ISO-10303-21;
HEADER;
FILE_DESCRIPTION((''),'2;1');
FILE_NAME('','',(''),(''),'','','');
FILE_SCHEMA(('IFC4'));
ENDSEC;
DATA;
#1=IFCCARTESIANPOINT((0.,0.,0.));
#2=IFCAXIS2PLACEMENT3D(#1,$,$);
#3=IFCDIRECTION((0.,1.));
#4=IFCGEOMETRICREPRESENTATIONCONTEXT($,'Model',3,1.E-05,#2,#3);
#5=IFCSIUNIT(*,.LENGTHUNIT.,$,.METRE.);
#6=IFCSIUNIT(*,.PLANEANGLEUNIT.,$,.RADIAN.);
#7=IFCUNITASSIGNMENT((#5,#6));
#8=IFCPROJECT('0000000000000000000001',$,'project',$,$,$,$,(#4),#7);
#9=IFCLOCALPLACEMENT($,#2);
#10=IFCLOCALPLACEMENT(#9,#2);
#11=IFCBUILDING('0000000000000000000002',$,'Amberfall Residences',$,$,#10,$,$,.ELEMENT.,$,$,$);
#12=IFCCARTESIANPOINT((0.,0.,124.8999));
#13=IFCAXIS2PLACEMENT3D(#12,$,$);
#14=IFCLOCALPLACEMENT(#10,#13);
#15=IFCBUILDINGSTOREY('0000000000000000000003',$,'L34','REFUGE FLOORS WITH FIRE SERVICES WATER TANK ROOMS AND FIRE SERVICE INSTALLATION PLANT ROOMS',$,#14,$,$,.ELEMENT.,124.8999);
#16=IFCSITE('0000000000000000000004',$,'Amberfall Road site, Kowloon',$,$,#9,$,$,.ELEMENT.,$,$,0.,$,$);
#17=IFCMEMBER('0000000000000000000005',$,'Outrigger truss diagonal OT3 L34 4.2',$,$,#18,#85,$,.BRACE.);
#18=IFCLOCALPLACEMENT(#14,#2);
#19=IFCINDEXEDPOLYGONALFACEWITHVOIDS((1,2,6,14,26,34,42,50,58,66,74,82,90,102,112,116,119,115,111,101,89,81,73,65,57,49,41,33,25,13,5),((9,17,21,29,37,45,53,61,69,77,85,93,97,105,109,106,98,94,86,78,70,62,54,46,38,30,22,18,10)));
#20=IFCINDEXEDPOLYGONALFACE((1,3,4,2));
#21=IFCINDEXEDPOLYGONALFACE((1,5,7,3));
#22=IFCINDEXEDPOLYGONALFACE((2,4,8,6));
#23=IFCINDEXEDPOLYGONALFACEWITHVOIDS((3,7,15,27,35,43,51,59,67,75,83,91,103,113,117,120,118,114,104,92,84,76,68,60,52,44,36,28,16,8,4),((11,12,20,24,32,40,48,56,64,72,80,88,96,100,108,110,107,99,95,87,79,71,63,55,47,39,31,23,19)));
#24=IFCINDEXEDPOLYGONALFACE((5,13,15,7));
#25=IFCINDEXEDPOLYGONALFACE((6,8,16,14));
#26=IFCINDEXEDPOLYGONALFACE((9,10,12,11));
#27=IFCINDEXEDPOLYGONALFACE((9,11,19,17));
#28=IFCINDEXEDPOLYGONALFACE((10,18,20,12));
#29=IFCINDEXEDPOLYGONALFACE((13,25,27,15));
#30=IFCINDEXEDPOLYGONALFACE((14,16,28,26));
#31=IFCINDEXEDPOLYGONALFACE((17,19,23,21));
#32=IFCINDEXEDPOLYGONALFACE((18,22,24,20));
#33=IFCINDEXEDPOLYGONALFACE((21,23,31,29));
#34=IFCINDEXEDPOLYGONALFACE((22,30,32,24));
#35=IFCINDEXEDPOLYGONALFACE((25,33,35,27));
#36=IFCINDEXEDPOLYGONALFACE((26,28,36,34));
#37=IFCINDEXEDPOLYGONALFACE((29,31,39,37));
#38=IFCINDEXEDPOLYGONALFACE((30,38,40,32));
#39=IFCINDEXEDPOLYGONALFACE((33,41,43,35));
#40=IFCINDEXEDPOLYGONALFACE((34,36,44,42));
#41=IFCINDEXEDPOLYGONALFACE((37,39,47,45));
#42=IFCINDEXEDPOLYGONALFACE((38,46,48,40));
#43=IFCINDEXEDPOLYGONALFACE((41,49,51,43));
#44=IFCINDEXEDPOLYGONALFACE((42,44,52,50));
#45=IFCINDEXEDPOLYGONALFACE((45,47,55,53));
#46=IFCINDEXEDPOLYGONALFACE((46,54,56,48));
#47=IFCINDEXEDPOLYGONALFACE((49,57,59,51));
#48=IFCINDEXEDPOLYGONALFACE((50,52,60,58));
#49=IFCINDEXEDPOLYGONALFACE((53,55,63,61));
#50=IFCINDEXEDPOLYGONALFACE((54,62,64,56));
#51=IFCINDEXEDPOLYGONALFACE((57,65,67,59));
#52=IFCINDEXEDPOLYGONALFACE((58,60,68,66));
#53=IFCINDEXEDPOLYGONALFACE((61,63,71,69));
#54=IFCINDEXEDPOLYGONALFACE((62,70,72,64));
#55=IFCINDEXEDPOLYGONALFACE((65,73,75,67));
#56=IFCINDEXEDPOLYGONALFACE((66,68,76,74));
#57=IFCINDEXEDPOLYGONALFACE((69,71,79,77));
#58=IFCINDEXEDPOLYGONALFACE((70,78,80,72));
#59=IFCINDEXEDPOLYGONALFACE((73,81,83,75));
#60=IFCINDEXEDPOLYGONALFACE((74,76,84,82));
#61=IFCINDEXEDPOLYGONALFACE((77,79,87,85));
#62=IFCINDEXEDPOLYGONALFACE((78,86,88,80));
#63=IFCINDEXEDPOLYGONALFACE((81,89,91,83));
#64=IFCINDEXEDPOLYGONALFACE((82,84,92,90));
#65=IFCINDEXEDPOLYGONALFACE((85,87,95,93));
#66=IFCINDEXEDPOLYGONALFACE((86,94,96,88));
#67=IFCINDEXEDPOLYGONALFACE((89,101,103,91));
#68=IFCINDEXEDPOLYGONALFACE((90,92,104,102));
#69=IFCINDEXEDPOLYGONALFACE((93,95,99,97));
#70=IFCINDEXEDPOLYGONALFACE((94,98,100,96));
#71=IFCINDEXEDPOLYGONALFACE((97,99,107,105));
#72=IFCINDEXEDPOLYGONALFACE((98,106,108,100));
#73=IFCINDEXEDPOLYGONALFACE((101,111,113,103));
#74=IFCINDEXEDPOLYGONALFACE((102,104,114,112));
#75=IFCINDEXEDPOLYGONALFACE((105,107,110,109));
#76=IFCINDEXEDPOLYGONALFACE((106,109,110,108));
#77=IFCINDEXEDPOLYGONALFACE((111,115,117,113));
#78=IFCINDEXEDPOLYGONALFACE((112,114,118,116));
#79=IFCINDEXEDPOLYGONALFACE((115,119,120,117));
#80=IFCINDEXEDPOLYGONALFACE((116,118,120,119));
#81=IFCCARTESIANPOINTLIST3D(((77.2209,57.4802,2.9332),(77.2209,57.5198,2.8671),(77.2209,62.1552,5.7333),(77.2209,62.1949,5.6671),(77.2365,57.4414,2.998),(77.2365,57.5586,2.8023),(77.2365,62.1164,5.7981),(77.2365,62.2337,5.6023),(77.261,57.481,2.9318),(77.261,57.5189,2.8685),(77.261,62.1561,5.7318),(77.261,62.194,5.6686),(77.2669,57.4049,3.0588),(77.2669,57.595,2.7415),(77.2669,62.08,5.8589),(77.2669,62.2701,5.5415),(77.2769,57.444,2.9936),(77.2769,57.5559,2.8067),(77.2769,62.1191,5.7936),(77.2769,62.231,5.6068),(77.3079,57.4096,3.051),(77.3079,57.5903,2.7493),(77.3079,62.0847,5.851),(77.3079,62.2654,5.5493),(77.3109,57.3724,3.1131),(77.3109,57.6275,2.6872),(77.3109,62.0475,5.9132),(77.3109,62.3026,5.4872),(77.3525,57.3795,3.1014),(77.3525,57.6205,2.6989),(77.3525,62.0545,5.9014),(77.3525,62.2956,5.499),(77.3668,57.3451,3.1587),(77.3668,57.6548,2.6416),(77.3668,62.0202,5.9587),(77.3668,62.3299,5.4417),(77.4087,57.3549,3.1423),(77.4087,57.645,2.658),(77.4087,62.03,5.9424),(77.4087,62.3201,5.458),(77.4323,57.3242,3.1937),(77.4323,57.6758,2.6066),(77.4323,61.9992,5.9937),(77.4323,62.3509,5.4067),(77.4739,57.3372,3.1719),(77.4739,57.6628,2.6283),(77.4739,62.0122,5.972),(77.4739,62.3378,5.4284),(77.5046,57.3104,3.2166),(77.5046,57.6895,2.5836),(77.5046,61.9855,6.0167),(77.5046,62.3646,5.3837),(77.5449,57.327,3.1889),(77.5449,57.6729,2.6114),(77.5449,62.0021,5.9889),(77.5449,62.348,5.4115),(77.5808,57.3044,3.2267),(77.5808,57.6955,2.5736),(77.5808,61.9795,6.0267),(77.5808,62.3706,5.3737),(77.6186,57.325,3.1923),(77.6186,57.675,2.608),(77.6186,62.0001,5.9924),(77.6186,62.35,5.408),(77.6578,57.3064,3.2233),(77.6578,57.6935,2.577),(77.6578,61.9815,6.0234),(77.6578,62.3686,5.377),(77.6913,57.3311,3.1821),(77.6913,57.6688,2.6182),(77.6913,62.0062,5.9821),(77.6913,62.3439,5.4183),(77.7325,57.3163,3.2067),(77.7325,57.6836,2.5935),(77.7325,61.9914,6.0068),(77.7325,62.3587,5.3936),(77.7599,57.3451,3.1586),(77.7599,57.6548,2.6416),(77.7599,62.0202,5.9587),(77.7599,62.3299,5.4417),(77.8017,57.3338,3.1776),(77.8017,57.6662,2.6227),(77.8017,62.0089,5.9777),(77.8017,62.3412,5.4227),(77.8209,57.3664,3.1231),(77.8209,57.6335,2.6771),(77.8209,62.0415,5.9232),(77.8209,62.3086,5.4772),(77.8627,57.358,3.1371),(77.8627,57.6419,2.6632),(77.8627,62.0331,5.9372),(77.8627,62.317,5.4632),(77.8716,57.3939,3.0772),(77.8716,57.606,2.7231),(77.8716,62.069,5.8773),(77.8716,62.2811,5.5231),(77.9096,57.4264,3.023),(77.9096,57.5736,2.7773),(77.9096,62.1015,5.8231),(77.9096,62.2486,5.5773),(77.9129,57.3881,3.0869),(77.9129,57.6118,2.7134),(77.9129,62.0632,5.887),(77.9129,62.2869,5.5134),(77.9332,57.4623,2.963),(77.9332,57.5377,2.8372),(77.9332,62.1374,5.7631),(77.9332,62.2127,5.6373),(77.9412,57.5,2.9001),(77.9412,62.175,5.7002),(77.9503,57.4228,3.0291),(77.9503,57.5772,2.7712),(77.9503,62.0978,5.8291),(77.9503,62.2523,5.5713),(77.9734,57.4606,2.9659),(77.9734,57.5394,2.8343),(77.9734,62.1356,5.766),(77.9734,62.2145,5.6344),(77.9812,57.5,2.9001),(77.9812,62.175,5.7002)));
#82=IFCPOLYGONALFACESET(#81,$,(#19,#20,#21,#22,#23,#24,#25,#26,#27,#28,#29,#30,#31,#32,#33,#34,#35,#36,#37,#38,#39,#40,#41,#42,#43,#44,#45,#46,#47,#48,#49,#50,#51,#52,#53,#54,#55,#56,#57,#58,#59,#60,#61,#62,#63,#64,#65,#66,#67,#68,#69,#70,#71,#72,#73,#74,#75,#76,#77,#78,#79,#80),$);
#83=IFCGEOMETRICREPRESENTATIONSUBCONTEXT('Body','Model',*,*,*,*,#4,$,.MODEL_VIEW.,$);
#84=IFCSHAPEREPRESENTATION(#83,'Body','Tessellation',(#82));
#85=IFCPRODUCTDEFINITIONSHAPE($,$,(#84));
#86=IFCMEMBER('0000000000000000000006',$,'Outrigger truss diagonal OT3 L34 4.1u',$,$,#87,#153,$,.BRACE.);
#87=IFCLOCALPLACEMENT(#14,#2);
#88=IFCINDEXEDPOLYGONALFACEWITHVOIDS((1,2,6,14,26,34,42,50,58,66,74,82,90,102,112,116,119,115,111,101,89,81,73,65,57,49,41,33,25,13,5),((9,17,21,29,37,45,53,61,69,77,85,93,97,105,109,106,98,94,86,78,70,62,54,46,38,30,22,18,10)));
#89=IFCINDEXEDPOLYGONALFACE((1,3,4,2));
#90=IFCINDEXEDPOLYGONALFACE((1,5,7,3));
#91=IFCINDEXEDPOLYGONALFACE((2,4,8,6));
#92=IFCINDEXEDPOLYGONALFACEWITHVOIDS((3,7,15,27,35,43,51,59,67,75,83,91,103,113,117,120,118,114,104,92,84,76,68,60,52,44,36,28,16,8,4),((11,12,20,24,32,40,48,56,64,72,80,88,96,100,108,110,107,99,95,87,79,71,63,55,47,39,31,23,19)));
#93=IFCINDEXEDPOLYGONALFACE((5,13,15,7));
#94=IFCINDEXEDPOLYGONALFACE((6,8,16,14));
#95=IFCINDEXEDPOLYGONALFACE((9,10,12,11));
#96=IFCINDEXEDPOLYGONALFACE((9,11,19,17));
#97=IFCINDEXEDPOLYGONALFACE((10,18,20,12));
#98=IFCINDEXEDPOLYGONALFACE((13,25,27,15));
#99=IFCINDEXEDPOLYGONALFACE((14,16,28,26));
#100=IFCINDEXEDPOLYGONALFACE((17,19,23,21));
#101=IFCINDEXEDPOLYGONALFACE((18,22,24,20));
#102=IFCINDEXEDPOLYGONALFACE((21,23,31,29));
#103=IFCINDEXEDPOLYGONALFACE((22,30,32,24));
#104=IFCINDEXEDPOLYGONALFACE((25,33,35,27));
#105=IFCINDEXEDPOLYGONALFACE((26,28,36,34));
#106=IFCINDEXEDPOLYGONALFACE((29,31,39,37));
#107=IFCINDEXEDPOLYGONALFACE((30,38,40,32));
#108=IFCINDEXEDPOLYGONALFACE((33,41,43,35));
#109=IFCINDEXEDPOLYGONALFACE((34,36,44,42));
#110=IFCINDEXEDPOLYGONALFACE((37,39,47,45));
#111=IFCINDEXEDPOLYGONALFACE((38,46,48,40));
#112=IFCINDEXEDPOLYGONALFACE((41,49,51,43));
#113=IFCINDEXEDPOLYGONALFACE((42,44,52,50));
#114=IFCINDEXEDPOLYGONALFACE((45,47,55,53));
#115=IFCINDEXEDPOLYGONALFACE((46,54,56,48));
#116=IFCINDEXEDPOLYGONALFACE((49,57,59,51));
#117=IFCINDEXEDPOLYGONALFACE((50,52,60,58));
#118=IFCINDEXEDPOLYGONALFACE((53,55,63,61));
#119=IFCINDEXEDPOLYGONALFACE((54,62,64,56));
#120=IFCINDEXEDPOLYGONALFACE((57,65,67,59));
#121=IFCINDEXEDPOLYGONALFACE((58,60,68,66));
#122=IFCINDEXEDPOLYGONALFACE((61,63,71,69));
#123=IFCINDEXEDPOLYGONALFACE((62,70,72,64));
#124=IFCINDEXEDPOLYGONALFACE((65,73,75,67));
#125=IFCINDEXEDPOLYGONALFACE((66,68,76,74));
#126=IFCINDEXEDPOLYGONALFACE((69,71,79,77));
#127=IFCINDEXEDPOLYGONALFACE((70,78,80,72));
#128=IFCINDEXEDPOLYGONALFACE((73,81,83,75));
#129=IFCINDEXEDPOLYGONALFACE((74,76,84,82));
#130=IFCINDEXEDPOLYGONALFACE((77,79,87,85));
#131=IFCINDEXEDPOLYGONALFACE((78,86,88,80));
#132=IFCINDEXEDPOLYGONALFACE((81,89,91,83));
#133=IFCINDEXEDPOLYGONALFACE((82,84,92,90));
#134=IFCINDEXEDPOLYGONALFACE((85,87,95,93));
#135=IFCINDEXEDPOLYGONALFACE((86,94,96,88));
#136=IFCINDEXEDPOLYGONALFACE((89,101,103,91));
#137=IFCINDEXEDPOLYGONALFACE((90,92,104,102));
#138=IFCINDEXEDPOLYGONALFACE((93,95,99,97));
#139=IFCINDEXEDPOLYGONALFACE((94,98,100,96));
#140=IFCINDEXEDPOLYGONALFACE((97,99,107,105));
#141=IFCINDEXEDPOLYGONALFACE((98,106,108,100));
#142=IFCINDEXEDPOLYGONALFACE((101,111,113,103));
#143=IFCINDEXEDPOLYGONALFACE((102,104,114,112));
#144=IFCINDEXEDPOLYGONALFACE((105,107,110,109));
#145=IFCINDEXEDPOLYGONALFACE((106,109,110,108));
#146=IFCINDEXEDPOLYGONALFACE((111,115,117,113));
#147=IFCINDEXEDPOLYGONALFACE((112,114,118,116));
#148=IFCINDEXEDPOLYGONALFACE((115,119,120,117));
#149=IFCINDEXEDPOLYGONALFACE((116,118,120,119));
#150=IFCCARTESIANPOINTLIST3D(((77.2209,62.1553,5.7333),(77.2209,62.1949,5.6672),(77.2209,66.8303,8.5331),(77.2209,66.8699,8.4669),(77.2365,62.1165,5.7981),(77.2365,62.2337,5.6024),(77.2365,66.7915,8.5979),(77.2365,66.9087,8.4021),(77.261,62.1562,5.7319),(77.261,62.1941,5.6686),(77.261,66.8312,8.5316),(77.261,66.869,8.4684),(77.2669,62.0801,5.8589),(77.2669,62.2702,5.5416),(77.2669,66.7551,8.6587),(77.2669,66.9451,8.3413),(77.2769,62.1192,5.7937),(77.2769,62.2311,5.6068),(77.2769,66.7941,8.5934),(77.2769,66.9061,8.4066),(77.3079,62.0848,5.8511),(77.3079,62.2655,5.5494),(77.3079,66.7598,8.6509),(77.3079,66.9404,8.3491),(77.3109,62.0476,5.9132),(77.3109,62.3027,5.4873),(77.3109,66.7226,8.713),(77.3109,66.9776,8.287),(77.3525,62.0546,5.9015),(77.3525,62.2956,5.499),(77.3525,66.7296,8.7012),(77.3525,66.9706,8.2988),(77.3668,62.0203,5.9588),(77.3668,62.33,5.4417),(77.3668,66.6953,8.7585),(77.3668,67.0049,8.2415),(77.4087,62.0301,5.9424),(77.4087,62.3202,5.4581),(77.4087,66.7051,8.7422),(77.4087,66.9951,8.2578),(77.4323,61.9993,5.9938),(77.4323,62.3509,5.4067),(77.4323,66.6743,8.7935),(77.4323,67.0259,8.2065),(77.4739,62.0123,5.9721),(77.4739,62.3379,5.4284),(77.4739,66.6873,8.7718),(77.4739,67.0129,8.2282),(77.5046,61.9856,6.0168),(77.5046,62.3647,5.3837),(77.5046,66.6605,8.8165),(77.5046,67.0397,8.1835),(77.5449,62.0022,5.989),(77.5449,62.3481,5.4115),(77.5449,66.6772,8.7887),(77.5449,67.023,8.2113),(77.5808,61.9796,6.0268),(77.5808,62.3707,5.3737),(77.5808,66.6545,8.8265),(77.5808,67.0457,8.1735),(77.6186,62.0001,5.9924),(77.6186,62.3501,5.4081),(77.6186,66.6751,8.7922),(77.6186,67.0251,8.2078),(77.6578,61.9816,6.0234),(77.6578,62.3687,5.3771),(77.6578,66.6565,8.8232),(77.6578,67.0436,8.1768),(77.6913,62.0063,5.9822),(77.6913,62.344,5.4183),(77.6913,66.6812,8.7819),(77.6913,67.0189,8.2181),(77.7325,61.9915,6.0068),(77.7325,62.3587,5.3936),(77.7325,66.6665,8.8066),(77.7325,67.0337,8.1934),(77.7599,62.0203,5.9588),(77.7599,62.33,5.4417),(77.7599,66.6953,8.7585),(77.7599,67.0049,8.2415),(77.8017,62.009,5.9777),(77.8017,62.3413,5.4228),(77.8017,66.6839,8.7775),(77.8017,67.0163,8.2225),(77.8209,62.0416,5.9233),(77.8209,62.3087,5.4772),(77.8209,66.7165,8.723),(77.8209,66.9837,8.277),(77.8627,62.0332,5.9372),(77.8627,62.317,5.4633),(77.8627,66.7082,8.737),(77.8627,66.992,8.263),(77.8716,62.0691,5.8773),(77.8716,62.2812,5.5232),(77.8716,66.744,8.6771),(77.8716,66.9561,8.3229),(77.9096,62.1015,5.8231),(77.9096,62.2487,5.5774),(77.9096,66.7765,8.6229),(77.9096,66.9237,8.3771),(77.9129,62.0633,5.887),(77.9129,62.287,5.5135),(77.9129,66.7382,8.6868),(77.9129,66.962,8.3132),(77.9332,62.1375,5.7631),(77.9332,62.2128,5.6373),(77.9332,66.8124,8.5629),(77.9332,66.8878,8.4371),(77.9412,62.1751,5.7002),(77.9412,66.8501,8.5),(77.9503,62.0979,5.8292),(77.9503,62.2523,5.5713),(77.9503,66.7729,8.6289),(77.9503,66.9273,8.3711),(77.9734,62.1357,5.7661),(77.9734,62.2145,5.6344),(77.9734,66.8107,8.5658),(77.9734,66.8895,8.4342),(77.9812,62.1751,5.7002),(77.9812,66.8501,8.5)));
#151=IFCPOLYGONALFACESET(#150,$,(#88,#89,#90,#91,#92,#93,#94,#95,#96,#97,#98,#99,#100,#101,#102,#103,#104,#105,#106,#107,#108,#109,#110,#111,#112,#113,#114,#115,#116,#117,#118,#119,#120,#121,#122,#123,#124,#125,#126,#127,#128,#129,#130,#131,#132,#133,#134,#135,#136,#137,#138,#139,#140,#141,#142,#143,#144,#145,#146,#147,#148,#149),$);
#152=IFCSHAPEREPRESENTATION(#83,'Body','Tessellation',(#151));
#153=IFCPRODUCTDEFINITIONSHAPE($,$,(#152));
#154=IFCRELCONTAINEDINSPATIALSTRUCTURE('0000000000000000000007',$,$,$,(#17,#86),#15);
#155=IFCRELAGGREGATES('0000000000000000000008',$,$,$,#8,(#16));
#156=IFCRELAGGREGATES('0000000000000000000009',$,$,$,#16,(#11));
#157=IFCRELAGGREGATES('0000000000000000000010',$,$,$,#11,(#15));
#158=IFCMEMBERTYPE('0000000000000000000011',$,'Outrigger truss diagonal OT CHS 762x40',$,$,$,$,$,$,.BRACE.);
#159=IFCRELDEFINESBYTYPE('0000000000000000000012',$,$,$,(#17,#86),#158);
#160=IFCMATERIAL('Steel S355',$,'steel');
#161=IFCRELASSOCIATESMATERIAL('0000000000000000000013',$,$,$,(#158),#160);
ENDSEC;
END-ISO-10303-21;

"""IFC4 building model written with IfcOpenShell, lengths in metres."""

from ifc_helpers import new_model, si_unit, direction, frame, origin, origin_2d, place, context, subcontext, project, spatial, hollow_circle, extrude, material, material_profile, profile_set, type_object, element, save


model = new_model("IFC4")

# Units and contexts
model_context = context("Model", 3, precision=1e-05, world=origin(), true_north=direction((0.0, 1.0)))
body_context = subcontext(model_context, "Body", "Model", "MODEL_VIEW")
ifc_project = project(units=[si_unit("LENGTHUNIT", "METRE"), si_unit("PLANEANGLEUNIT", "RADIAN")], contexts=[model_context])

# Site, building, storey
site_placement = place(None, origin())
site = spatial("IfcSite", under=ifc_project, at=site_placement, Name="Amberfall Road site, Kowloon", CompositionType="ELEMENT", RefElevation=0.0)
building_placement = place(site_placement, origin())
building = spatial("IfcBuilding", under=site, at=building_placement, Name="Amberfall Residences", CompositionType="ELEMENT")
storey_placement = place(building_placement, frame((0.0, 0.0, 124.8999)))
storey = spatial("IfcBuildingStorey", under=building, at=storey_placement, Name="L34", Description="REFUGE FLOORS WITH FIRE SERVICES WATER TANK ROOMS AND FIRE SERVICE INSTALLATION PLANT ROOMS", CompositionType="ELEMENT", Elevation=124.8999)

# Shared definitions
ifc_material_1 = material(Name="Steel S355", Category="steel")

# Members
ifc_material_profile_1 = material_profile(ifc_material_1, hollow_circle(Radius=0.3811, WallThickness=0.04, at=origin_2d()), Name="CHS 762x40")
ifc_profile_set_1 = profile_set([ifc_material_profile_1], Name="Steel S355")
member_type_1 = type_object("IfcMemberType", Name="Outrigger truss diagonal OT CHS 762x40", PredefinedType="BRACE", material=ifc_profile_set_1)
for number, where, z_axis, x_axis, name in (
    (1, (77.6001, 62.175, 5.7002), (0.0, -0.857896, -0.513824), (1.0, 0.0, 0.0), "Outrigger truss diagonal OT3 L34 4.2"),
):
    element("IfcMember", number, at=place(storey_placement, frame(where, z_axis=z_axis, x_axis=x_axis)), inside=storey, type_object=member_type_1, Name=name, PredefinedType="BRACE", context=body_context, shape_type="SweptSolid", body=[
        extrude(hollow_circle(Radius=0.3811, WallThickness=0.04, at=origin_2d()), origin(), (0.0, 0.0, 1.0), 5.4495),
    ])
for number, where, z_axis, x_axis, name in (
    (2, (77.6001, 66.8501, 8.5), (0.0, -0.857916, -0.513791), (1.0, 0.0, 0.0), "Outrigger truss diagonal OT3 L34 4.1u"),
):
    element("IfcMember", number, at=place(storey_placement, frame(where, z_axis=z_axis, x_axis=x_axis)), inside=storey, type_object=member_type_1, Name=name, PredefinedType="BRACE", context=body_context, shape_type="SweptSolid", body=[
        extrude(hollow_circle(Radius=0.3811, WallThickness=0.04, at=origin_2d()), origin(), (0.0, 0.0, 1.0), 5.4492),
    ])

save(model, "model.ifc")
